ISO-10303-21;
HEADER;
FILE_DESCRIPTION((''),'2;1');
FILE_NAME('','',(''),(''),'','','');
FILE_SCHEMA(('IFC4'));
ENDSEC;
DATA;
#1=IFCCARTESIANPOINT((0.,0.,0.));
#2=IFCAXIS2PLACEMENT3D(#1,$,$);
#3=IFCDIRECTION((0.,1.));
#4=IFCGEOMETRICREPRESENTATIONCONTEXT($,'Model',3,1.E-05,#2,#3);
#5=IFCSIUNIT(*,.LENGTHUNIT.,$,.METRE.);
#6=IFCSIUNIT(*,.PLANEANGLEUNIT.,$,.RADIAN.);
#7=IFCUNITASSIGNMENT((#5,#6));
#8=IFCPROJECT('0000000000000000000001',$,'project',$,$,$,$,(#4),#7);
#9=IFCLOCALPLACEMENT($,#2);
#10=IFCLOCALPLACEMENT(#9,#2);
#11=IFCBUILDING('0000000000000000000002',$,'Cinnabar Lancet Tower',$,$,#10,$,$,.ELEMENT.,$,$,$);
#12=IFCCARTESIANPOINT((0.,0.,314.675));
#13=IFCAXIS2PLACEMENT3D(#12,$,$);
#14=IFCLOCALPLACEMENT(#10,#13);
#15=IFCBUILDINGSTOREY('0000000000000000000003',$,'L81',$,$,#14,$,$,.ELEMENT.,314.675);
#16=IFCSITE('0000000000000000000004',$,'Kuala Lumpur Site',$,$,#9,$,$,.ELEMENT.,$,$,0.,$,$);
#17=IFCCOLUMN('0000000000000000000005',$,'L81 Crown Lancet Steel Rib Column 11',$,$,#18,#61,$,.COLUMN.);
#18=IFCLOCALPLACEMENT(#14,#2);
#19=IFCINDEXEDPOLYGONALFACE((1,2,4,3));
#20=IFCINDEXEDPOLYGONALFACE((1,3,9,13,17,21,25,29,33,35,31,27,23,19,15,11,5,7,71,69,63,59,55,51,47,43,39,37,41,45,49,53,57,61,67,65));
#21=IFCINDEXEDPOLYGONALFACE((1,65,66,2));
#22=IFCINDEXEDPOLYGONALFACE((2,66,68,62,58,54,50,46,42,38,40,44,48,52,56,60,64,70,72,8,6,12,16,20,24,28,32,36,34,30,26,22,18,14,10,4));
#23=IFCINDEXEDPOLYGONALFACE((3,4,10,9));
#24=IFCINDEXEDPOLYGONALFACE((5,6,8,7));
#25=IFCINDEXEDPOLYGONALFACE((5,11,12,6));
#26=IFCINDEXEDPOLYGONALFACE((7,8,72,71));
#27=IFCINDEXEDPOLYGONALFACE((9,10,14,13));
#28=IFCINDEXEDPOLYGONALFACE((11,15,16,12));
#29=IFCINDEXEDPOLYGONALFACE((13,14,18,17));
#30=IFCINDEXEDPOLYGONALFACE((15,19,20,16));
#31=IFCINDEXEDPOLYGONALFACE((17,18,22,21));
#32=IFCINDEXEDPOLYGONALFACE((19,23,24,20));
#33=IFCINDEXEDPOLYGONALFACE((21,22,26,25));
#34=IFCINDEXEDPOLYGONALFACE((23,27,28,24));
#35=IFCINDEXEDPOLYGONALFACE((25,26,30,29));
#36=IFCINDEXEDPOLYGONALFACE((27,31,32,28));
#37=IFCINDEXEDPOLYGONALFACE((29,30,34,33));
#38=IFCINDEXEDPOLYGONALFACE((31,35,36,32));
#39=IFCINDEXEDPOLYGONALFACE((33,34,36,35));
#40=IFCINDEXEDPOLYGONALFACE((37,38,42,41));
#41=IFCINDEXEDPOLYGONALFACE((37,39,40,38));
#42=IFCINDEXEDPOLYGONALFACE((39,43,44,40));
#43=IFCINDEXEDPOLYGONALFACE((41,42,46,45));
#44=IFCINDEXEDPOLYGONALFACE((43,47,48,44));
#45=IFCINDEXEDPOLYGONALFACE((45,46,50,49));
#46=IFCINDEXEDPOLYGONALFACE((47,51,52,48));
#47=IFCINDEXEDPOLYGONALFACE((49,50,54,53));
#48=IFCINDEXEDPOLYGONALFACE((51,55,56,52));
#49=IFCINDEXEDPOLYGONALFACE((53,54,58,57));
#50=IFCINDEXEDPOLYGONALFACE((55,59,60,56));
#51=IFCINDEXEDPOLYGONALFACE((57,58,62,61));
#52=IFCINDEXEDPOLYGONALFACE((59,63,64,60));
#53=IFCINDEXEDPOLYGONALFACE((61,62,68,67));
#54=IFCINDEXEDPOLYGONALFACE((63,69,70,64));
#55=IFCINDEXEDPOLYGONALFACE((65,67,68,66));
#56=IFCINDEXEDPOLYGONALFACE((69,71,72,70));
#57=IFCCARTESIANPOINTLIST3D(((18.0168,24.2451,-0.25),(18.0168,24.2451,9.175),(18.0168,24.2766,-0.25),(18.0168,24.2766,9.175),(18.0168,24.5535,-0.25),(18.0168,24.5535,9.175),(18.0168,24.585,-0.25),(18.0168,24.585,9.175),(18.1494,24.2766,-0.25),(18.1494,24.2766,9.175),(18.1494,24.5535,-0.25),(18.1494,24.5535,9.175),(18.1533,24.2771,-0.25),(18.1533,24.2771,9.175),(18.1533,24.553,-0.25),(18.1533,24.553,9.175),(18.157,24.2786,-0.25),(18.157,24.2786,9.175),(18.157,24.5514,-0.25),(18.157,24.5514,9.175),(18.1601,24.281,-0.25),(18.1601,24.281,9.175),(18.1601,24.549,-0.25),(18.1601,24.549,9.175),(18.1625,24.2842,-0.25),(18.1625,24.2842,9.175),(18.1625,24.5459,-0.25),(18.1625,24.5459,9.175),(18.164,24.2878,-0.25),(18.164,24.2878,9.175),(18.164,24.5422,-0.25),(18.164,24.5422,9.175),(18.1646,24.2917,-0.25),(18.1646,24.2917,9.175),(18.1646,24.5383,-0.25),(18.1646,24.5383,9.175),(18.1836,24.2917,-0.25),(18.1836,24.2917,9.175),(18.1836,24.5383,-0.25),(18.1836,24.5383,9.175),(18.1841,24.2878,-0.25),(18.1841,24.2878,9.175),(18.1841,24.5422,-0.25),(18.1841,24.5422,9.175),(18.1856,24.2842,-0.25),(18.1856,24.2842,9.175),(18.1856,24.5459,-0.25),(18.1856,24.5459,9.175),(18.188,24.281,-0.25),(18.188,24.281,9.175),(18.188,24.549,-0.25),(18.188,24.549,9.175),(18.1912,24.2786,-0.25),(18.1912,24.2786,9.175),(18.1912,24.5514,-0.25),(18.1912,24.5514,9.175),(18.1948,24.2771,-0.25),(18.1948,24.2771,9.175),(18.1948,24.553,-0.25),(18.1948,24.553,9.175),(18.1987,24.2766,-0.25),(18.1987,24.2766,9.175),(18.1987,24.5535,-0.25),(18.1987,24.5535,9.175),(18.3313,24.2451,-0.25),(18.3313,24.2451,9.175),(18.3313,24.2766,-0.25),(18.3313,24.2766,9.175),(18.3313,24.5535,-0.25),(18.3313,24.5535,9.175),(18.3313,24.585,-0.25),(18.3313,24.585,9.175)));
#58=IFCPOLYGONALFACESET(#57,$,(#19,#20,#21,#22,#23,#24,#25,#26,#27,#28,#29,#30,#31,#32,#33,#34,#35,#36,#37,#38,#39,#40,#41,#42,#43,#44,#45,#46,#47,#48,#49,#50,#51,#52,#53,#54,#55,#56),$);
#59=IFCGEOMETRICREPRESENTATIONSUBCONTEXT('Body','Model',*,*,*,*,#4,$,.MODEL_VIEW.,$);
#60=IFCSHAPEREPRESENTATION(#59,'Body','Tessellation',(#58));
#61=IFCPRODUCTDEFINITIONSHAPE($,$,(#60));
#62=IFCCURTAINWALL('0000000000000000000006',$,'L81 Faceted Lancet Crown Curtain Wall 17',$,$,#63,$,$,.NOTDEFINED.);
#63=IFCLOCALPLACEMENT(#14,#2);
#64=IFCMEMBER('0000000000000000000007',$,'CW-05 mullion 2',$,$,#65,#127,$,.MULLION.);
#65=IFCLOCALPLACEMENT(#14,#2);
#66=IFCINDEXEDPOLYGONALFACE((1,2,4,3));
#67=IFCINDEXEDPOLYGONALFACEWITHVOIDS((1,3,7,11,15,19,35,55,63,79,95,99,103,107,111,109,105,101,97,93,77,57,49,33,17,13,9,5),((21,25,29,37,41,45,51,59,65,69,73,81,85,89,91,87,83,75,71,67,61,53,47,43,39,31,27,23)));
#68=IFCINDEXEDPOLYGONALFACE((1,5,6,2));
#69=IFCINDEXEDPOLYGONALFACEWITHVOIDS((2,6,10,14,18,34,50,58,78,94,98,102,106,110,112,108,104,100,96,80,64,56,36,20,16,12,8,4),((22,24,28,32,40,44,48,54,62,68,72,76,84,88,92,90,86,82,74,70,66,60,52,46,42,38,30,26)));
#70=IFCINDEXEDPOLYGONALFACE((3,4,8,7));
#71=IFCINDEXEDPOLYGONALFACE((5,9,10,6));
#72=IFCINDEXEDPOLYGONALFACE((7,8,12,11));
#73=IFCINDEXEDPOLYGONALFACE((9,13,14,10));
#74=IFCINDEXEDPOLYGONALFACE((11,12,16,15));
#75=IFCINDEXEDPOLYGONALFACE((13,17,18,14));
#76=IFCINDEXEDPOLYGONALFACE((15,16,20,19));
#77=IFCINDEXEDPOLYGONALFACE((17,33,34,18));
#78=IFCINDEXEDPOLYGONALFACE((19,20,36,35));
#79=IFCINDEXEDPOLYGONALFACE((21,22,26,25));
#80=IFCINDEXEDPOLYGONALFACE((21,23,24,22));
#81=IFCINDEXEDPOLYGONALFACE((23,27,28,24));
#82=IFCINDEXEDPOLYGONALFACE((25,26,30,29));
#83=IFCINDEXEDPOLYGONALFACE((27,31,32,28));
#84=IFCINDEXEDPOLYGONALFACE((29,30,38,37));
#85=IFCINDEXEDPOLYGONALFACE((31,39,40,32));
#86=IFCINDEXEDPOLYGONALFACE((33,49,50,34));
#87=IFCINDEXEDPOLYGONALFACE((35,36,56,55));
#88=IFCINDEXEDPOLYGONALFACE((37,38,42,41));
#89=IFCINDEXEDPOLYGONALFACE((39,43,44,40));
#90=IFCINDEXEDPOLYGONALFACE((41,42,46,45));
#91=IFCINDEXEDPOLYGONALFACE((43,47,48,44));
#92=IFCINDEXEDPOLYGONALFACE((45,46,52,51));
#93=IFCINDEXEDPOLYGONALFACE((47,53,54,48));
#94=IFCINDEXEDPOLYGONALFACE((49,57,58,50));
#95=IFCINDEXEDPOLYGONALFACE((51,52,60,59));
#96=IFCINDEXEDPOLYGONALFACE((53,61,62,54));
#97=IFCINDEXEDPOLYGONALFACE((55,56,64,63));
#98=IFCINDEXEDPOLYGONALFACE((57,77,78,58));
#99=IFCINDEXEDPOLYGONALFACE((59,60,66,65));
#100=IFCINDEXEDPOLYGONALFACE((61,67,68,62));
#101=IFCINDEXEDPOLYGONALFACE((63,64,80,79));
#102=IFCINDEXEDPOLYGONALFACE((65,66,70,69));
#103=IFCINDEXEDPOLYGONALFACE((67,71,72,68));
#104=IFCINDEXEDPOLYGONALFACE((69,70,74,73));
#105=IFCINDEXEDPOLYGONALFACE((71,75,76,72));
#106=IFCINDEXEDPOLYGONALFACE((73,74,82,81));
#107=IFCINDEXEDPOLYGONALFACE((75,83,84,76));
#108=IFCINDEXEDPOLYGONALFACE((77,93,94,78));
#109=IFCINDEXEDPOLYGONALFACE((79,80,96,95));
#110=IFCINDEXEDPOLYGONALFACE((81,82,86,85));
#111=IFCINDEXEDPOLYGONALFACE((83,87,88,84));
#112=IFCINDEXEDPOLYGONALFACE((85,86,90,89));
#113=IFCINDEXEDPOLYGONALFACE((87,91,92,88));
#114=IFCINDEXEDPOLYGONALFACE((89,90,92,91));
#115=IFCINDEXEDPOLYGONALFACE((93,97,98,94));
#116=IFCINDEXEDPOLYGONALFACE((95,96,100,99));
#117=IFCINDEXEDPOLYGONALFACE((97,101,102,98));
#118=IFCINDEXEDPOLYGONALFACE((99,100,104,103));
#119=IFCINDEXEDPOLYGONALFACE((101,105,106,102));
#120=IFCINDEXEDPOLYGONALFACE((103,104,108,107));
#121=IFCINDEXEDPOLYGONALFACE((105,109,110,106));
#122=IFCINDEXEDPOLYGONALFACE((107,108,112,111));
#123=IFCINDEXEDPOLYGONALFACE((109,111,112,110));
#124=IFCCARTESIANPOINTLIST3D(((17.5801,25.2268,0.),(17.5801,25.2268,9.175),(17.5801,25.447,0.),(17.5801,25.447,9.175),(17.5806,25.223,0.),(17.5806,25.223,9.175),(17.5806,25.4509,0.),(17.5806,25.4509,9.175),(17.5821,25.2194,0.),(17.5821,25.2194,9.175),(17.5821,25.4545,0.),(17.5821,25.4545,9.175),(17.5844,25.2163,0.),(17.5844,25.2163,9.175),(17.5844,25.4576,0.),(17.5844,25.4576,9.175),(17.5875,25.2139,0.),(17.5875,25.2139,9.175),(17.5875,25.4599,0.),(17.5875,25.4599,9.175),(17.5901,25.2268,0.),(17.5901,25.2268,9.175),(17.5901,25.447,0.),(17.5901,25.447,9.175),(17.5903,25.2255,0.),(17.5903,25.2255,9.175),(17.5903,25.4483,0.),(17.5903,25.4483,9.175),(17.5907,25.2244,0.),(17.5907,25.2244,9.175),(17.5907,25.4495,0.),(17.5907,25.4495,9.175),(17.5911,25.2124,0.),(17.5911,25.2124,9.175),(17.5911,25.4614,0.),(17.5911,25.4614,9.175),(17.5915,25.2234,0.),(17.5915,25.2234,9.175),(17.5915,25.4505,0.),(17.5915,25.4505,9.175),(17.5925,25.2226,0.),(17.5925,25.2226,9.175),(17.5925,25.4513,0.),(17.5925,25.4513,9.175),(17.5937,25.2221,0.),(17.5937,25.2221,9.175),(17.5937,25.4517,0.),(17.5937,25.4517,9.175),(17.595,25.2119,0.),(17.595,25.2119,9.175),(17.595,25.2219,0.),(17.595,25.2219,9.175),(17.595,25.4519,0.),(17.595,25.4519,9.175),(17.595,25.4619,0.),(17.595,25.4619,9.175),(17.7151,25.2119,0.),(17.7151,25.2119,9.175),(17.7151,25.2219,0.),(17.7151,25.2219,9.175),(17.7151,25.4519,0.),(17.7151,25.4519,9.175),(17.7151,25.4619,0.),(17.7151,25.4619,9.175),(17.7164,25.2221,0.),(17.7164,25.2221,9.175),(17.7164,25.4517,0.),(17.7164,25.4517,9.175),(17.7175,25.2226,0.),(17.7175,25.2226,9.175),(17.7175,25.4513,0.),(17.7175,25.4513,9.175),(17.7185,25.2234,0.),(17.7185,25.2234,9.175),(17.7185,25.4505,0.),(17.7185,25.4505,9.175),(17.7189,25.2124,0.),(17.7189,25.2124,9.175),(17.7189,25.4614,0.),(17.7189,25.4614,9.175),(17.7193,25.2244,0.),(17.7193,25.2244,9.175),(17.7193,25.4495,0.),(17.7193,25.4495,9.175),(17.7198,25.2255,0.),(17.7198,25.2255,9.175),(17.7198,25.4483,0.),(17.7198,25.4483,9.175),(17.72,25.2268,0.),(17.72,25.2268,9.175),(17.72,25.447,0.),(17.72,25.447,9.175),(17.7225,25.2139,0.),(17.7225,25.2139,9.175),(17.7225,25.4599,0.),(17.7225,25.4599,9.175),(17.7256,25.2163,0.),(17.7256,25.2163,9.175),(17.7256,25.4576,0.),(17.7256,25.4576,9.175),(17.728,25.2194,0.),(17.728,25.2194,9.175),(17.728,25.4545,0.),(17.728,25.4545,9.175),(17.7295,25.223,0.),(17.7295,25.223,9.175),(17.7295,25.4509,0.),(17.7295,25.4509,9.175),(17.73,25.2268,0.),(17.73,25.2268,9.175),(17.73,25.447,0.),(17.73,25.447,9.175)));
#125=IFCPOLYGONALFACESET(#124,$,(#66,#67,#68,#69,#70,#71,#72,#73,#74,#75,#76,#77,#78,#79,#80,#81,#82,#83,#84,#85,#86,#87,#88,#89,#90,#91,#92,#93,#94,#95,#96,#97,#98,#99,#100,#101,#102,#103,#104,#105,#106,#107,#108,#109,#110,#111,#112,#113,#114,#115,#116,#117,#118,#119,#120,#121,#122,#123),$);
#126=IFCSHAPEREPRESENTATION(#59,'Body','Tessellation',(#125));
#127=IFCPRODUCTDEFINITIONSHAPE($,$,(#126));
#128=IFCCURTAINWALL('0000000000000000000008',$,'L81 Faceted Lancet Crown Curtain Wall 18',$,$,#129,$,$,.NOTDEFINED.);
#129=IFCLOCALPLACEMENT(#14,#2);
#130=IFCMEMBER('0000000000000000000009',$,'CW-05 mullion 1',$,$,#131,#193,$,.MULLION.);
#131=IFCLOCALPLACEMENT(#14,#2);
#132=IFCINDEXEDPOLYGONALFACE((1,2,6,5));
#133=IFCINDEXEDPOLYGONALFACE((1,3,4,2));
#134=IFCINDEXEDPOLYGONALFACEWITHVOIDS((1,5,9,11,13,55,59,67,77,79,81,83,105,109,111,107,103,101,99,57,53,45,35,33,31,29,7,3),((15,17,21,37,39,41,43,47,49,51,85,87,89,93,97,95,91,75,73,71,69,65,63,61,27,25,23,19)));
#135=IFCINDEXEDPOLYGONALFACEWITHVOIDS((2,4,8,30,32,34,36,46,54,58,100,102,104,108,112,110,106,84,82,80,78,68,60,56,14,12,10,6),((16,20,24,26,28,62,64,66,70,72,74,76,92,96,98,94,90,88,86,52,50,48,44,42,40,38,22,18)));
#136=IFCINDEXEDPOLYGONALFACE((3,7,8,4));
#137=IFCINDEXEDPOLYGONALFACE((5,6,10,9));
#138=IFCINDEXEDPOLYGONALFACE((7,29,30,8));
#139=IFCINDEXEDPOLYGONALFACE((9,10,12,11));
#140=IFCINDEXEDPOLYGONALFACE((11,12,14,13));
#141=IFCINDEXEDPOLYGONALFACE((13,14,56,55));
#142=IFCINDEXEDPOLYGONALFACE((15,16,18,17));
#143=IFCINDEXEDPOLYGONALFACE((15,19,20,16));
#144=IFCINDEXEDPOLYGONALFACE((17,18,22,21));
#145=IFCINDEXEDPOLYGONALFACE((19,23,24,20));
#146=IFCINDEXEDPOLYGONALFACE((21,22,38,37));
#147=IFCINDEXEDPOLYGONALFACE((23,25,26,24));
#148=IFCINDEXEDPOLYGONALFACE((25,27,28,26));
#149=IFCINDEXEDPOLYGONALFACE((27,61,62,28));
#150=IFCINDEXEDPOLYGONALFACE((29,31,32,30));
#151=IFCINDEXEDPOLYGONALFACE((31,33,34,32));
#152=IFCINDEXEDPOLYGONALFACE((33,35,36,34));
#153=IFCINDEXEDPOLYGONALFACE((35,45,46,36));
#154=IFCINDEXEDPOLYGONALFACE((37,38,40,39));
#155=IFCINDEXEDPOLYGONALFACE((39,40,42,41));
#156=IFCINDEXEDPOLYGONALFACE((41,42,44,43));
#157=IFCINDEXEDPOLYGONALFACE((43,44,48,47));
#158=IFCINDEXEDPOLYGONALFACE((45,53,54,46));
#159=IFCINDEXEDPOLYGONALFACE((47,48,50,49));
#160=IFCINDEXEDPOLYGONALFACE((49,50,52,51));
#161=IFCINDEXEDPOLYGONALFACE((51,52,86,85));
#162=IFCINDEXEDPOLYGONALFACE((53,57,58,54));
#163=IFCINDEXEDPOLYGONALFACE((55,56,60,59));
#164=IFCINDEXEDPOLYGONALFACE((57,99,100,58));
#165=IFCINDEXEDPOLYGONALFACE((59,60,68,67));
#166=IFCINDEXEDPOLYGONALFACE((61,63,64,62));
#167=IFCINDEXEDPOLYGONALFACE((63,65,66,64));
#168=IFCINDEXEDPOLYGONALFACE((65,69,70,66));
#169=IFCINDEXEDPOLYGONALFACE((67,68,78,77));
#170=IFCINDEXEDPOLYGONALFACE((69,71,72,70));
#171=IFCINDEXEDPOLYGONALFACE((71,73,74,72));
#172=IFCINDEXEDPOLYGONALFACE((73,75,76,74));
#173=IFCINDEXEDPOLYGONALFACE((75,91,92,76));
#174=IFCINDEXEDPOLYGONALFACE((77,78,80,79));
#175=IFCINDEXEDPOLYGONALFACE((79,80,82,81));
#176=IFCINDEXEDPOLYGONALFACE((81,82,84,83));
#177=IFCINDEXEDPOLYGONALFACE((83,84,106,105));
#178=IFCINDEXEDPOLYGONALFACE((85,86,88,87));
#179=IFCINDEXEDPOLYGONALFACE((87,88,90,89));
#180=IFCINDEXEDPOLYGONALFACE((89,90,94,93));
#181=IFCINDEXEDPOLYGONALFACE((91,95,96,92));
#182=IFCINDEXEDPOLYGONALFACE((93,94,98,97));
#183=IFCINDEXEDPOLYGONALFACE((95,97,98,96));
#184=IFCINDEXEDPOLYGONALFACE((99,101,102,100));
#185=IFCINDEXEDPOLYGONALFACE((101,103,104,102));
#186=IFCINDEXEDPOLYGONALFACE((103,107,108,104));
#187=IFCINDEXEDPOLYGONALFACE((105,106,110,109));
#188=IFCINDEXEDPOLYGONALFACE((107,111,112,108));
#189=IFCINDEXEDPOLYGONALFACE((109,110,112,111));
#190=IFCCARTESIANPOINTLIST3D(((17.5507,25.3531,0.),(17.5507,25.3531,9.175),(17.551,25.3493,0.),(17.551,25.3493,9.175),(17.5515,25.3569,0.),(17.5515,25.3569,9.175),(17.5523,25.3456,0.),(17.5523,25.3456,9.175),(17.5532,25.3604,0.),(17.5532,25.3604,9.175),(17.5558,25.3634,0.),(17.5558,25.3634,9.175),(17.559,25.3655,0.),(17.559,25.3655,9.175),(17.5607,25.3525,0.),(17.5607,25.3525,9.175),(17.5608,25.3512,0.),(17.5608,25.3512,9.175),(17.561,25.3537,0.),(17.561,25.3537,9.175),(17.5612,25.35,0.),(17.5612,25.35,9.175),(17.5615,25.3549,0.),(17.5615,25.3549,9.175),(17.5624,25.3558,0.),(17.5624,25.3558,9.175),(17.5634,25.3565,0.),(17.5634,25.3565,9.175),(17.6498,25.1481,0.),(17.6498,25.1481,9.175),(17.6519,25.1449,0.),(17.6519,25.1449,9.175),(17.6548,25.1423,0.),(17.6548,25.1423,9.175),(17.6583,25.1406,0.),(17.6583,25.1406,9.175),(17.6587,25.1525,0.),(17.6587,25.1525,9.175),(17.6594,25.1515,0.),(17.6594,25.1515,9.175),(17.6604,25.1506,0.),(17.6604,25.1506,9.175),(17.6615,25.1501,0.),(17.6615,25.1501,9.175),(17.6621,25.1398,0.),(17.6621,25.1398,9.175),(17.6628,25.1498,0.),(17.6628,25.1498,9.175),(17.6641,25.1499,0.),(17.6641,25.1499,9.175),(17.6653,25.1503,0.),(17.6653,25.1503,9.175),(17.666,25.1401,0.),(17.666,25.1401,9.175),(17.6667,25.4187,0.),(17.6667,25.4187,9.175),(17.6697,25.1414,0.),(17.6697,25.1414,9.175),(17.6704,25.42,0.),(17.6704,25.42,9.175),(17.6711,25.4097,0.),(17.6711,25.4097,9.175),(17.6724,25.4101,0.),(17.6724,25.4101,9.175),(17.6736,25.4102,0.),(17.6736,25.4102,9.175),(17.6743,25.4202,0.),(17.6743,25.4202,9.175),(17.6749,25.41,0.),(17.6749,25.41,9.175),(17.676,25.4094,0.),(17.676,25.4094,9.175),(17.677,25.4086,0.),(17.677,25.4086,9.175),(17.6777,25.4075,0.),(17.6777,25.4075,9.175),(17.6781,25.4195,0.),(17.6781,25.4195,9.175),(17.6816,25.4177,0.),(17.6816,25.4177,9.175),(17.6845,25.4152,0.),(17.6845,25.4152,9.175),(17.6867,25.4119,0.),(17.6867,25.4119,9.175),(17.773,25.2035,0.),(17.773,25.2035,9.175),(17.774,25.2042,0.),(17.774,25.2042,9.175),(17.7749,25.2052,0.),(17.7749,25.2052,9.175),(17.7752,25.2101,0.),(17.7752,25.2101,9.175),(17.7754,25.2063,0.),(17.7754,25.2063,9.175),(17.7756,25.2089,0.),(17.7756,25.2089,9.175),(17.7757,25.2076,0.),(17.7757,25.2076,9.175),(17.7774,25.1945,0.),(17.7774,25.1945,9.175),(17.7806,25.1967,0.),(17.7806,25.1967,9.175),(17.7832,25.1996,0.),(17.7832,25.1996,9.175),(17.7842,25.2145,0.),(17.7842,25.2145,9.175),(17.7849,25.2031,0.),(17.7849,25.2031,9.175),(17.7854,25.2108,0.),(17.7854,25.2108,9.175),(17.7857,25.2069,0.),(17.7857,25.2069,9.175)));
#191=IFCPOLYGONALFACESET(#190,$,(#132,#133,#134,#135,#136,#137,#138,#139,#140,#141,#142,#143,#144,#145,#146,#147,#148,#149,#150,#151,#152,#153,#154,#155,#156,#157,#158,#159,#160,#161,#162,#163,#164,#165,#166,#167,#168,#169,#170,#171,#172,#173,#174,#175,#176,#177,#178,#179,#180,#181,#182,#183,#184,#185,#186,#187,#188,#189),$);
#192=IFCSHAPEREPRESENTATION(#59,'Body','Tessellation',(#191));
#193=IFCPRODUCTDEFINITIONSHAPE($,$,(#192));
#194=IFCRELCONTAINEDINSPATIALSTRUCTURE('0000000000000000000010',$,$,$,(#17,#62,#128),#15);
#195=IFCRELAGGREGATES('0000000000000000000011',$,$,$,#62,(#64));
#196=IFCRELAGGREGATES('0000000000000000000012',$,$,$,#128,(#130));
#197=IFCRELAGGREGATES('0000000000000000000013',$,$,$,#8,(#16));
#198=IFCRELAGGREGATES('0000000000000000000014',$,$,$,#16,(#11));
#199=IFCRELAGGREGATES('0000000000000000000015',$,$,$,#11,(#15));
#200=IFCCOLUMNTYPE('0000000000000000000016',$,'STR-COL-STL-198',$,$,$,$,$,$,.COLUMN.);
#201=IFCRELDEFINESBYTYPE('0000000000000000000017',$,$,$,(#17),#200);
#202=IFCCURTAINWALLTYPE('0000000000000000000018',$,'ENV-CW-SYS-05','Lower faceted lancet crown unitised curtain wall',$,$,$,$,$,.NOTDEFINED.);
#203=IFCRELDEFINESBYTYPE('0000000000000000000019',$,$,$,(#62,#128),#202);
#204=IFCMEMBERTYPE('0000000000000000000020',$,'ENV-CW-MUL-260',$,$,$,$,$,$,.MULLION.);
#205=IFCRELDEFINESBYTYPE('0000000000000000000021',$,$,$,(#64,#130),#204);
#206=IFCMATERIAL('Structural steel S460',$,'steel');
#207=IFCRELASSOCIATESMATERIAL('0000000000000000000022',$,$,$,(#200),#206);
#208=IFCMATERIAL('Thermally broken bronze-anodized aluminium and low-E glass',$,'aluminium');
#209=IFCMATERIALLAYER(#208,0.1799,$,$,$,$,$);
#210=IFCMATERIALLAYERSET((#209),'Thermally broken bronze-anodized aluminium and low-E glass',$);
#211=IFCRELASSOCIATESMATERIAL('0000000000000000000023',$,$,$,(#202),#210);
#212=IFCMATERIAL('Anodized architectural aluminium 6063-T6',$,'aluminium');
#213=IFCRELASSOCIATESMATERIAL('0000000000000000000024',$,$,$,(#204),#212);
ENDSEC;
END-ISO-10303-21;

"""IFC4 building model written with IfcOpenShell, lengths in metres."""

from ifc_helpers import new_model, si_unit, direction, frame, origin, origin_2d, place, context, subcontext, project, spatial, hollow_rectangle, i_section, extrude, material, layer, layer_set, material_profile, profile_set, type_object, element, aggregate, save


model = new_model("IFC4")

# Units and contexts
model_context = context("Model", 3, precision=1e-05, world=origin(), true_north=direction((0.0, 1.0)))
body_context = subcontext(model_context, "Body", "Model", "MODEL_VIEW")
ifc_project = project(units=[si_unit("LENGTHUNIT", "METRE"), si_unit("PLANEANGLEUNIT", "RADIAN")], contexts=[model_context])

# Site, building, storey
site_placement = place(None, origin())
site = spatial("IfcSite", under=ifc_project, at=site_placement, Name="Kuala Lumpur Site", CompositionType="ELEMENT", RefElevation=0.0)
building_placement = place(site_placement, origin())
building = spatial("IfcBuilding", under=site, at=building_placement, Name="Cinnabar Lancet Tower", CompositionType="ELEMENT")
storey_placement = place(building_placement, frame((0.0, 0.0, 314.675)))
storey = spatial("IfcBuildingStorey", under=building, at=storey_placement, Name="L81", CompositionType="ELEMENT", Elevation=314.675)

# Column
ifc_material_1 = material(Name="Structural steel S460", Category="steel")
ifc_material_profile_1 = material_profile(ifc_material_1, i_section(OverallWidth=0.3145, OverallDepth=0.3398, WebThickness=0.019, FlangeThickness=0.0315, FilletRadius=0.0151, at=origin_2d()), Name="UKC 305x305x198")
ifc_profile_set_1 = profile_set([ifc_material_profile_1], Name="Structural steel S460")
column_type = type_object("IfcColumnType", Name="STR-COL-STL-198", PredefinedType="COLUMN", material=ifc_profile_set_1)
column_placement = place(storey_placement, frame((18.1741, 24.415, -0.25), z_axis=(0.0, 0.0, 1.0), x_axis=(1.0, 0.0, 0.0)))
element("IfcColumn", 1, at=column_placement, inside=storey, type_object=column_type, Name="L81 Crown Lancet Steel Rib Column 11", PredefinedType="COLUMN", context=body_context, shape_type="SweptSolid", body=[
    extrude(i_section(OverallWidth=0.3145, OverallDepth=0.3398, WebThickness=0.019, FlangeThickness=0.0315, FilletRadius=0.0151, at=origin_2d()), origin(), (0.0, 0.0, 1.0), 9.425),
])

# Curtain wall, member
ifc_material_2 = material(Name="Thermally broken bronze-anodized aluminium and low-E glass", Category="aluminium")
ifc_layer_1 = layer(ifc_material_2, 0.1799)
ifc_layer_set_1 = layer_set([ifc_layer_1], Name="Thermally broken bronze-anodized aluminium and low-E glass")
curtain_wall_type = type_object("IfcCurtainWallType", Name="ENV-CW-SYS-05", Description="Lower faceted lancet crown unitised curtain wall", PredefinedType="NOTDEFINED", material=ifc_layer_set_1)
curtain_wall_1_placement = place(storey_placement, origin())
curtain_wall_1 = element("IfcCurtainWall", 2, at=curtain_wall_1_placement, inside=storey, type_object=curtain_wall_type, Name="L81 Faceted Lancet Crown Curtain Wall 17", PredefinedType="NOTDEFINED")
ifc_material_3 = material(Name="Anodized architectural aluminium 6063-T6", Category="aluminium")
ifc_material_profile_2 = material_profile(ifc_material_3, hollow_rectangle(XDim=0.1499, YDim=0.25, WallThickness=0.01, InnerFilletRadius=0.0049, OuterFilletRadius=0.0149, at=origin_2d()), Name="RHS 250x150x10")
ifc_profile_set_2 = profile_set([ifc_material_profile_2], Name="Anodized architectural aluminium 6063-T6")
member_type_1 = type_object("IfcMemberType", Name="ENV-CW-MUL-260", PredefinedType="MULLION", material=ifc_profile_set_2)
member_1_placement = place(storey_placement, frame((17.655, 25.3369, 0.0), z_axis=(0.0, 0.0, 1.0), x_axis=(1.0, 0.0, 0.0)))
member_1 = element("IfcMember", 3, at=member_1_placement, type_object=member_type_1, Name="CW-05 mullion 2", PredefinedType="MULLION", context=body_context, shape_type="SweptSolid", body=[
    extrude(hollow_rectangle(XDim=0.1499, YDim=0.25, WallThickness=0.01, InnerFilletRadius=0.0049, OuterFilletRadius=0.0149, at=origin_2d()), origin(), (0.0, 0.0, 1.0), 9.175),
])

# Curtain wall, member
curtain_wall_2_placement = place(storey_placement, origin())
curtain_wall_2 = element("IfcCurtainWall", 4, at=curtain_wall_2_placement, inside=storey, type_object=curtain_wall_type, Name="L81 Faceted Lancet Crown Curtain Wall 18", PredefinedType="NOTDEFINED")
member_2_placement = place(storey_placement, frame((17.6682, 25.28, 0.0), z_axis=(0.0, 0.0, 1.0), x_axis=(0.896636, 0.442768, 0.0)))
member_2 = element("IfcMember", 5, at=member_2_placement, type_object=member_type_1, Name="CW-05 mullion 1", PredefinedType="MULLION", context=body_context, shape_type="SweptSolid", body=[
    extrude(hollow_rectangle(XDim=0.1499, YDim=0.25, WallThickness=0.01, InnerFilletRadius=0.0049, OuterFilletRadius=0.0149, at=origin_2d()), origin(), (0.0, 0.0, 1.0), 9.175),
])

aggregate(curtain_wall_1, [member_1])
aggregate(curtain_wall_2, [member_2])

save(model, "model.ifc")
